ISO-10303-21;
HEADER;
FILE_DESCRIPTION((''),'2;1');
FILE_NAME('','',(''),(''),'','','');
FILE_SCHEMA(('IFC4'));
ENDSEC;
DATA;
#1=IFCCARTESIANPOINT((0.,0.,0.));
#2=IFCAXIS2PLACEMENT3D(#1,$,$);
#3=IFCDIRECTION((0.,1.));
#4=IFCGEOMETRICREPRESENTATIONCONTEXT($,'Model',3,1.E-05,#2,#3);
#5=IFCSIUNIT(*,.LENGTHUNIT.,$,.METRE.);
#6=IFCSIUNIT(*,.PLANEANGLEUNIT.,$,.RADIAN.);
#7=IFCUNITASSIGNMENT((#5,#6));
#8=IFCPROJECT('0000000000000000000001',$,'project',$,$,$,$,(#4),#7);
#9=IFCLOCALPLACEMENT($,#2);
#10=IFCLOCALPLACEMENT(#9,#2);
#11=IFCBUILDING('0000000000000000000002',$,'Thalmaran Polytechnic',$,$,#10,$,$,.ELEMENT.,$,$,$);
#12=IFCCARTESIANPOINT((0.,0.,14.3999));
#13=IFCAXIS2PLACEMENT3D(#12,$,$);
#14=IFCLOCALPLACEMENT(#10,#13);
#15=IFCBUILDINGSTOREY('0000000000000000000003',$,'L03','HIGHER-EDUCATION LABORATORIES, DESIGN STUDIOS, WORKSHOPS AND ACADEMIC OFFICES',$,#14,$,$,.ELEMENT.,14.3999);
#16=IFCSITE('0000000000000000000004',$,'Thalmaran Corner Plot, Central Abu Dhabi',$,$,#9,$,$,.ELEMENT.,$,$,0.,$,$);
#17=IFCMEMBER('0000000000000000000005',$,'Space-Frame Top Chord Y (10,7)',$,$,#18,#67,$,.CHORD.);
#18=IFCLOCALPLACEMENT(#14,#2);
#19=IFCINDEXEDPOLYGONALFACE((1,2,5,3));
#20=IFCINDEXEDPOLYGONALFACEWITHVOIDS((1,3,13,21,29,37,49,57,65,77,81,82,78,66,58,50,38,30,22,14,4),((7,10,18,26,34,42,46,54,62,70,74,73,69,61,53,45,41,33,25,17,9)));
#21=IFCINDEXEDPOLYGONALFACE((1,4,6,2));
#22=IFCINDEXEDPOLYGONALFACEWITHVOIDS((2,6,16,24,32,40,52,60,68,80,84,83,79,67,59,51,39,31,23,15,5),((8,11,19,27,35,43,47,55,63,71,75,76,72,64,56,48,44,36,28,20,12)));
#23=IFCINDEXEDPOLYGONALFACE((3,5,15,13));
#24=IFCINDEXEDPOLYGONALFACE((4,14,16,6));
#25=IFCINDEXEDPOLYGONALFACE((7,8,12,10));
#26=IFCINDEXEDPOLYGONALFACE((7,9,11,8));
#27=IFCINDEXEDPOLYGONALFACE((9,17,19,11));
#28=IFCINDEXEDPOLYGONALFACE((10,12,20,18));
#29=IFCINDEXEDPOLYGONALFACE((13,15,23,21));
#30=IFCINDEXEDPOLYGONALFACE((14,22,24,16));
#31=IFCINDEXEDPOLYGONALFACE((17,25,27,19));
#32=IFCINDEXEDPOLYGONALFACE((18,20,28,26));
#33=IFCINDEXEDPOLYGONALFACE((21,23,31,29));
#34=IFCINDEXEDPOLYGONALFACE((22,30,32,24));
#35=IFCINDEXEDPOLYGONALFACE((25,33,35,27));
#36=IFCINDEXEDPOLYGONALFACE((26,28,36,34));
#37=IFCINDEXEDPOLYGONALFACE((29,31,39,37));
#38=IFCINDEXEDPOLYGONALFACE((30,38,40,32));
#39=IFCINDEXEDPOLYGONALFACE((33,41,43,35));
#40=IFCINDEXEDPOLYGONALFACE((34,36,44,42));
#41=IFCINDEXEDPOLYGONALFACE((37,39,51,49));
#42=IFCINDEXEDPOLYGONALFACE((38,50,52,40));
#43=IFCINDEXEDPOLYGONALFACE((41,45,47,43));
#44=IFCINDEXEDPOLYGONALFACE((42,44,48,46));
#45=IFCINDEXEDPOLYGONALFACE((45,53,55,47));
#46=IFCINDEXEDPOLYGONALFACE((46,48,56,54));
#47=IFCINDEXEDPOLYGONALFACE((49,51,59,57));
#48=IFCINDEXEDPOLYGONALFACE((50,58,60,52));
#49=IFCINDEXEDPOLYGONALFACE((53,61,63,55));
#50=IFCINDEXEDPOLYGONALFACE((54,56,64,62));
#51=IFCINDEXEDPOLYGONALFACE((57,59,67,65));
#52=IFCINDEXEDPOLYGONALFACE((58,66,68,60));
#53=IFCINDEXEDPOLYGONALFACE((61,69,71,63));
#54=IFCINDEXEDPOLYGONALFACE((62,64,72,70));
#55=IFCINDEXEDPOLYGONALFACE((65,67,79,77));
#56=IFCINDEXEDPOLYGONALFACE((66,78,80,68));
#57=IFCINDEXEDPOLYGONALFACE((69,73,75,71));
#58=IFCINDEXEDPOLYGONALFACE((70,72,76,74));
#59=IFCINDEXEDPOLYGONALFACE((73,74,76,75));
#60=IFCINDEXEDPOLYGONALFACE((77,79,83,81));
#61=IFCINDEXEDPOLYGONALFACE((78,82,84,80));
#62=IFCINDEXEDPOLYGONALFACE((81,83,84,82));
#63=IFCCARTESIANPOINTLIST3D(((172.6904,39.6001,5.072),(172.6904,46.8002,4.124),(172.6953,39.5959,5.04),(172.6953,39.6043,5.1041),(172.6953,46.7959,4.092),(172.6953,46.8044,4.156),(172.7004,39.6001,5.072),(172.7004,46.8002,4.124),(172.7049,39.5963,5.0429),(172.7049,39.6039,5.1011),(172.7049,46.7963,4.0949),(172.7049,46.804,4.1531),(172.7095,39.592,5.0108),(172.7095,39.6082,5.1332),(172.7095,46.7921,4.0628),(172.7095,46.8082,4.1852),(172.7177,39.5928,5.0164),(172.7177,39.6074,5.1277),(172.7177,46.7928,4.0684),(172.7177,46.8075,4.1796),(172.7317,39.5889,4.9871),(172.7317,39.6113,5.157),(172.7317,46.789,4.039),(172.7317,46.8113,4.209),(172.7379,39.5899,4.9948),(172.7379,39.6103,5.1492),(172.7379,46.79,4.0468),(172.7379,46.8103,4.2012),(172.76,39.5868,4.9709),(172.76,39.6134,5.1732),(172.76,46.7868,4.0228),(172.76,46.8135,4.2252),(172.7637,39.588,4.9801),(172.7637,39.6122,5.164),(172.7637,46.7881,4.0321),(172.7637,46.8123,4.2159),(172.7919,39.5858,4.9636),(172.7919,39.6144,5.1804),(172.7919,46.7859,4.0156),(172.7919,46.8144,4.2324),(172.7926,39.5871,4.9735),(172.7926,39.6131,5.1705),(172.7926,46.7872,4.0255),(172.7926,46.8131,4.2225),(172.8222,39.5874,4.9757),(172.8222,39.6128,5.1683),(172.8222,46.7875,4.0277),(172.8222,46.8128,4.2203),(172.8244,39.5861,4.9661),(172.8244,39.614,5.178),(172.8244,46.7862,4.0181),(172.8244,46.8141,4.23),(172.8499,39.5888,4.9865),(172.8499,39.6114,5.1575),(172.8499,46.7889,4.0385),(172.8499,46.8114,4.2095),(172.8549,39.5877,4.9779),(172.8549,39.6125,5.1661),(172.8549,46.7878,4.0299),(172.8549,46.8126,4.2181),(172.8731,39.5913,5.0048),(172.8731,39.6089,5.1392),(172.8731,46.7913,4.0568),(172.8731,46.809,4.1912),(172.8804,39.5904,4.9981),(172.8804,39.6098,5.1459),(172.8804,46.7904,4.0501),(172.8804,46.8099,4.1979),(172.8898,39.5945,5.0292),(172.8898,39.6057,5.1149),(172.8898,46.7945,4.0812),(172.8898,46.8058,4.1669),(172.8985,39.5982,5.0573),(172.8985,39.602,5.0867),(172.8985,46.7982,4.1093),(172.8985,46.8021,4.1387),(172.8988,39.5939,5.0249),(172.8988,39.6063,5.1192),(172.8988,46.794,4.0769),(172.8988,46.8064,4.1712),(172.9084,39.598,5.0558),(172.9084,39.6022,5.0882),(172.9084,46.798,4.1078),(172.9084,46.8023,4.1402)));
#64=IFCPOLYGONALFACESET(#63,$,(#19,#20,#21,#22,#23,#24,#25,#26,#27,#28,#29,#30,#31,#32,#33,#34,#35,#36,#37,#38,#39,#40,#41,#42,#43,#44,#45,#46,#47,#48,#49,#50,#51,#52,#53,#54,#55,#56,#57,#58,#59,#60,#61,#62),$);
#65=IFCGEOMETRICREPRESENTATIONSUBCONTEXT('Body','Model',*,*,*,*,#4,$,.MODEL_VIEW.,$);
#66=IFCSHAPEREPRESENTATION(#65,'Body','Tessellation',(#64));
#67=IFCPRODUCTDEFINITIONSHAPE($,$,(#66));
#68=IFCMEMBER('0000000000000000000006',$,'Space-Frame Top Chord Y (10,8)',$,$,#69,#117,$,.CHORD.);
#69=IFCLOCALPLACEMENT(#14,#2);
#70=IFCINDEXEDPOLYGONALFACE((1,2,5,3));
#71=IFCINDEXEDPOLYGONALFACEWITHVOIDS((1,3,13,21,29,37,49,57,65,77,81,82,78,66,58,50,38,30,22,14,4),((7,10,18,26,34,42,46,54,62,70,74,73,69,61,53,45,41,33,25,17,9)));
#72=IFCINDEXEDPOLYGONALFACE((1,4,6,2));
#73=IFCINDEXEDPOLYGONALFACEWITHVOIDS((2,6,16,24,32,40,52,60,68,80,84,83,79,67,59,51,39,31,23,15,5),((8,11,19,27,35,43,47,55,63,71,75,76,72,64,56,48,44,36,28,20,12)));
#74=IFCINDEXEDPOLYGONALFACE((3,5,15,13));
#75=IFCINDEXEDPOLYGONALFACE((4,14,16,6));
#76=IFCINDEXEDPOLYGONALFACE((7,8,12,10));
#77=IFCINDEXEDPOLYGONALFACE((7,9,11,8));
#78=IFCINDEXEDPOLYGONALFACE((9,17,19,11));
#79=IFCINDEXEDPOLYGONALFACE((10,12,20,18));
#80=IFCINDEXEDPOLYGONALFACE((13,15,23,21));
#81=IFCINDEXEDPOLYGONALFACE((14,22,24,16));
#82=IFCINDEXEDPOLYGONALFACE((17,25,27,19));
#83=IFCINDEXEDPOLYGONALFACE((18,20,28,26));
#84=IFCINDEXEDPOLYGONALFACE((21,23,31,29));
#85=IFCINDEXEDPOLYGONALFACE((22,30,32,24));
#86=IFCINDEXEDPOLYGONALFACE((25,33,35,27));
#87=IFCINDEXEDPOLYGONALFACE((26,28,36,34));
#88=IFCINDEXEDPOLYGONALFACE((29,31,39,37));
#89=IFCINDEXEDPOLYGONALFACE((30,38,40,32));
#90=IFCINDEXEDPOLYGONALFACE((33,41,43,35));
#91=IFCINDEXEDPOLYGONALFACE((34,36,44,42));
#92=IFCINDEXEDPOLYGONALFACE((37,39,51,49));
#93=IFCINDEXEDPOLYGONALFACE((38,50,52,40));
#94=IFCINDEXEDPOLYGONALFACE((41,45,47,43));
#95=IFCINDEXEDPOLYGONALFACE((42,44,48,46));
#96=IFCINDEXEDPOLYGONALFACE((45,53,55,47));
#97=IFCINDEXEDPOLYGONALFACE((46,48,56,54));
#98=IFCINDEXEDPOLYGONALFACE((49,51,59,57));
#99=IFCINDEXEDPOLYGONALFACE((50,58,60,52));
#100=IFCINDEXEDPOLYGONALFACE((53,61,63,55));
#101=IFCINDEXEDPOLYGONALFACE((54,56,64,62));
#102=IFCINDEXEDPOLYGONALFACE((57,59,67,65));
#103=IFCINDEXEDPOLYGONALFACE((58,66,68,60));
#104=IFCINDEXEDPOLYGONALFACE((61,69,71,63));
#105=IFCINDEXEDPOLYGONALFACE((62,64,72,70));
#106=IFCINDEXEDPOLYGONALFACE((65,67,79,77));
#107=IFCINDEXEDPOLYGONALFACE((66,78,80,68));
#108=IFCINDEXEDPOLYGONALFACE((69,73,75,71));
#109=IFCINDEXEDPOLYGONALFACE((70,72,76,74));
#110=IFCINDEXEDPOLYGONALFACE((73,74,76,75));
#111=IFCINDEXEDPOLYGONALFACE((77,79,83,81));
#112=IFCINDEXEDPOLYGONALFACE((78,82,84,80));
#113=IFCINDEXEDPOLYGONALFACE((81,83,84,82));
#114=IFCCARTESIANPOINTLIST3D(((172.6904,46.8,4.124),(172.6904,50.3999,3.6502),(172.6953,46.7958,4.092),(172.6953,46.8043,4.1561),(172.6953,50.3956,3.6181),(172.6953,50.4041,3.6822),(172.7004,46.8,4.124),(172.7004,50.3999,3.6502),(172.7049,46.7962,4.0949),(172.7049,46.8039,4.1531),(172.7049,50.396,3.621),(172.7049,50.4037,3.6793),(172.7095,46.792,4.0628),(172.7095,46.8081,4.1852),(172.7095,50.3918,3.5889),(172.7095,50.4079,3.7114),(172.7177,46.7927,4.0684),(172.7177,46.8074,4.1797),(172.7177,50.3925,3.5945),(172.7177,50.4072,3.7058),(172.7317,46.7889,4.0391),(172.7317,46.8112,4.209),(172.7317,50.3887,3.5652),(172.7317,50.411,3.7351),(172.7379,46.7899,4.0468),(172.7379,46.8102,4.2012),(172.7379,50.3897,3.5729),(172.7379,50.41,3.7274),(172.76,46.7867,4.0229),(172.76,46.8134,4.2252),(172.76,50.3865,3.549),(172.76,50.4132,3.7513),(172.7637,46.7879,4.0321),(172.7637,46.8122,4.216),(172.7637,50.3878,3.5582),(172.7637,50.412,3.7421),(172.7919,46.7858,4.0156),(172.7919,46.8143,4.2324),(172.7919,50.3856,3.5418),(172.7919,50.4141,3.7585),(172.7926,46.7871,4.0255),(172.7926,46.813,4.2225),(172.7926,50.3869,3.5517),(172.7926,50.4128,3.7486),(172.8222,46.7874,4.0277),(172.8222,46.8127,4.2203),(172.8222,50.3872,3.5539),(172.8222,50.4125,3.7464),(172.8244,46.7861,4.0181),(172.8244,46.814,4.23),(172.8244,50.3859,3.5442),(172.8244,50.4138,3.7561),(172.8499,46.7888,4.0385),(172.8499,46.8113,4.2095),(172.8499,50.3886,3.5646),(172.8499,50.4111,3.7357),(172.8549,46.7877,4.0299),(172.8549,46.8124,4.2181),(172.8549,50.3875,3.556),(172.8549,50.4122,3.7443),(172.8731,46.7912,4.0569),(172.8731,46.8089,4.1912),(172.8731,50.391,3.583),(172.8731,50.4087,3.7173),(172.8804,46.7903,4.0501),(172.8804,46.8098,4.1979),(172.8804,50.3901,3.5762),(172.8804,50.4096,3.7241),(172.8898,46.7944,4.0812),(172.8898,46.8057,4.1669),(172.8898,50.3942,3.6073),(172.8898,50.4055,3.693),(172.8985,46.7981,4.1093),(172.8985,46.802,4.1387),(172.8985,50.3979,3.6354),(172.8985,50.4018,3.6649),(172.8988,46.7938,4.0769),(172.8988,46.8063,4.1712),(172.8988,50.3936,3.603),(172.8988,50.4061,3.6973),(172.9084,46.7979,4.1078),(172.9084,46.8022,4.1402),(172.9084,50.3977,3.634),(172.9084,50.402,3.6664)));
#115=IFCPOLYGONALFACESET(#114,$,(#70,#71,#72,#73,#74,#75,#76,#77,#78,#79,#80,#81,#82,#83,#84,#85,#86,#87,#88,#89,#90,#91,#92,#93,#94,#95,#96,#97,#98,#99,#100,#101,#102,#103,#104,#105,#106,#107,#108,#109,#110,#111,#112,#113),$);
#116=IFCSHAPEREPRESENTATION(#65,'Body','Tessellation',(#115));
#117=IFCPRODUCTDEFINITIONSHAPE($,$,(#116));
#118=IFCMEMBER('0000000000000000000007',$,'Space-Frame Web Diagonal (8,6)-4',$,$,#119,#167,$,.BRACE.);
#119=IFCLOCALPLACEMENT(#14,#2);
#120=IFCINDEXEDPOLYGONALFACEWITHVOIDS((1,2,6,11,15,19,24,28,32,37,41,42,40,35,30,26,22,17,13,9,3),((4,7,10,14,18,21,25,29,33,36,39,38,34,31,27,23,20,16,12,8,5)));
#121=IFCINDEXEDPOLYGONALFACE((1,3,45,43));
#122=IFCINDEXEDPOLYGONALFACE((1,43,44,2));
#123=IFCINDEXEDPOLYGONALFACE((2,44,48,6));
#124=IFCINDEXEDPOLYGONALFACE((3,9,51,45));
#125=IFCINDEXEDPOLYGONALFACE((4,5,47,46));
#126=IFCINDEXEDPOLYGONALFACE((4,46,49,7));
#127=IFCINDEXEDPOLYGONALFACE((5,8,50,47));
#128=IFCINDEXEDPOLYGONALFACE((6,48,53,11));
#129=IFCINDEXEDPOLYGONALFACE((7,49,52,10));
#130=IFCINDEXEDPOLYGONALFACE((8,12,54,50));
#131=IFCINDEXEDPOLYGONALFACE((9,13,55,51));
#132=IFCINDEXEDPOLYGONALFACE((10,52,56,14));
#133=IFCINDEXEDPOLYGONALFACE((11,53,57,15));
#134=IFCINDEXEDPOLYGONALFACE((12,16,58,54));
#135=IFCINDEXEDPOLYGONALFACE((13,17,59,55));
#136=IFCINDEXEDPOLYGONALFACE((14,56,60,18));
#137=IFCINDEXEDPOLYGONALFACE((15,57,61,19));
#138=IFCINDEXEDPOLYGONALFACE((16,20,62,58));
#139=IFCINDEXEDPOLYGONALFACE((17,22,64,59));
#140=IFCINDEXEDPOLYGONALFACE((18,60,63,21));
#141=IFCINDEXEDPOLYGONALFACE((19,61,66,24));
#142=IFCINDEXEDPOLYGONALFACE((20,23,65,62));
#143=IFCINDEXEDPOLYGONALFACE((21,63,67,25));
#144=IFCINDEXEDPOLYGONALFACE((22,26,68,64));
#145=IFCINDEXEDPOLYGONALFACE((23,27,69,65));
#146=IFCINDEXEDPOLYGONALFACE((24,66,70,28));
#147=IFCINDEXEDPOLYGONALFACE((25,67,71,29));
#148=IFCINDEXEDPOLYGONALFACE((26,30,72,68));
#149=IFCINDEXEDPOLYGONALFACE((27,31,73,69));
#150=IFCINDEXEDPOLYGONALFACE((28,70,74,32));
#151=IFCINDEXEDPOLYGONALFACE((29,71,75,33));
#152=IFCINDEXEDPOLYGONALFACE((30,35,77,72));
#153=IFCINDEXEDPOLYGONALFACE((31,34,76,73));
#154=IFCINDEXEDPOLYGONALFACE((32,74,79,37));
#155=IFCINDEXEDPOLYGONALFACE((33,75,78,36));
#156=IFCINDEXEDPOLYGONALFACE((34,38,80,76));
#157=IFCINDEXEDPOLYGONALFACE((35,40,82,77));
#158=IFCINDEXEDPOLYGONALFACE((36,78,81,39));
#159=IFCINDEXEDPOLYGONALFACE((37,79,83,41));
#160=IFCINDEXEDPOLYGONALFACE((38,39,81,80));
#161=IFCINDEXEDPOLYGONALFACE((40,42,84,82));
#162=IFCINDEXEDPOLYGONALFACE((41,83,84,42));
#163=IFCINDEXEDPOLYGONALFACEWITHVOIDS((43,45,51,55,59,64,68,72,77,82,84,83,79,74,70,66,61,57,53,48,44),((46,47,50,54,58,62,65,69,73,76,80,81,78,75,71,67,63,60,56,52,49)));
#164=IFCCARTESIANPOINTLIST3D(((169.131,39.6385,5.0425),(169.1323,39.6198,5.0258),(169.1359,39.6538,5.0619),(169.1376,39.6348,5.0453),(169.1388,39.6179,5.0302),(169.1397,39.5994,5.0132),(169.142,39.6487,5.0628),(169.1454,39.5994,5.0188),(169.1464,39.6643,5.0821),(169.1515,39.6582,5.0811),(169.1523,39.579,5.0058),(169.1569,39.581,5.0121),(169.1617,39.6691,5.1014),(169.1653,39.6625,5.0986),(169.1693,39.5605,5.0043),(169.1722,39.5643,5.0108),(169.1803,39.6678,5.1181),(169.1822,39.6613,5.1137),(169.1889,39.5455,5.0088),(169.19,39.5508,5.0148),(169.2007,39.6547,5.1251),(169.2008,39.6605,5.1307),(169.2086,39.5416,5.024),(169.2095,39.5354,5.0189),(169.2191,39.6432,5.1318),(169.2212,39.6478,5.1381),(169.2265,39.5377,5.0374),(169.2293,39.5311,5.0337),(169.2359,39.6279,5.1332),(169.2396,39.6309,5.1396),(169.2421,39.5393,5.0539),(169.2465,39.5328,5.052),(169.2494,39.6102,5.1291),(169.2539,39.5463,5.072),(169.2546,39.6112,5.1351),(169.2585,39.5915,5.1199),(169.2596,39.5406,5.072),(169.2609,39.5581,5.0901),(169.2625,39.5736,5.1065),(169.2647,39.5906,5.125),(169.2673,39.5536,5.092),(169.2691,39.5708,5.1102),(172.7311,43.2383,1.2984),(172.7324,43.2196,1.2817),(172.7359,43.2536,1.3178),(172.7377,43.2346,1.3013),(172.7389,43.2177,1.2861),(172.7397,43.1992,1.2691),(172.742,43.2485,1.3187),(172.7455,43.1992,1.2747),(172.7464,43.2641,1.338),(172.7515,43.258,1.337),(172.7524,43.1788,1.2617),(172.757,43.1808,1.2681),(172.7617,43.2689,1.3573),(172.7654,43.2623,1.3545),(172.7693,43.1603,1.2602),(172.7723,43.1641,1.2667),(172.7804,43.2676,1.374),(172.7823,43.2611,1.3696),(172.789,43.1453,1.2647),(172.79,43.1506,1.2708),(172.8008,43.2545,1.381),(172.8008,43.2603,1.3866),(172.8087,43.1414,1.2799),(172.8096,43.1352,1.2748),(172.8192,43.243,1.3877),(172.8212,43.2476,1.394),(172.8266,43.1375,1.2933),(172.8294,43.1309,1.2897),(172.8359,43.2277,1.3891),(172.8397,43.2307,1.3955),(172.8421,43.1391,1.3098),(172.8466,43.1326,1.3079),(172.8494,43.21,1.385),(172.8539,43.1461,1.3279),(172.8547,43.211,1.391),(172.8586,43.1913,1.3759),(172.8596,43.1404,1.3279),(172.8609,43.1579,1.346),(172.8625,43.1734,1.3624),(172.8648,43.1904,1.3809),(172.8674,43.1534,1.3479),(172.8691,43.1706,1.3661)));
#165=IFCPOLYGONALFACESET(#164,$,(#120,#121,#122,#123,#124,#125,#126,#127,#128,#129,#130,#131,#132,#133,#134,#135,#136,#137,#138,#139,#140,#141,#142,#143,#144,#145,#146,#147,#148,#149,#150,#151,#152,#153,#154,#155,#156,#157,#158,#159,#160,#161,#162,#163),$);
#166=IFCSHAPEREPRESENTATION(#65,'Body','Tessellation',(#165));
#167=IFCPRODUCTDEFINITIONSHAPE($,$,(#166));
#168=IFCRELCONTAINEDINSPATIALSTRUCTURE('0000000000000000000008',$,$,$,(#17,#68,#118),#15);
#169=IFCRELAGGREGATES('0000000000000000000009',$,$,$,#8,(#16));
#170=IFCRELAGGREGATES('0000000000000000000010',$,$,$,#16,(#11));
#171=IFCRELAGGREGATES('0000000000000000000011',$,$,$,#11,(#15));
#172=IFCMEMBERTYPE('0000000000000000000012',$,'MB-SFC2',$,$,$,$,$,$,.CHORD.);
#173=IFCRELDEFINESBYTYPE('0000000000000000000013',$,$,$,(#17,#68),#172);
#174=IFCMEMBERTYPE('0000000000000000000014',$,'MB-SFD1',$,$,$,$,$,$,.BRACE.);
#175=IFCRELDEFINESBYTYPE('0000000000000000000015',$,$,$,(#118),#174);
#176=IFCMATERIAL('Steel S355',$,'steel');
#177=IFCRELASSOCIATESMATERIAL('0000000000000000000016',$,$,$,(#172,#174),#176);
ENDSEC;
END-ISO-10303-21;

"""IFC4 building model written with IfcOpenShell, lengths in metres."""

from ifc_helpers import new_model, si_unit, direction, frame, origin, origin_2d, place, context, subcontext, project, spatial, hollow_circle, extrude, material, material_profile, profile_set, type_object, element, save


model = new_model("IFC4")

# Units and contexts
model_context = context("Model", 3, precision=1e-05, world=origin(), true_north=direction((0.0, 1.0)))
body_context = subcontext(model_context, "Body", "Model", "MODEL_VIEW")
ifc_project = project(units=[si_unit("LENGTHUNIT", "METRE"), si_unit("PLANEANGLEUNIT", "RADIAN")], contexts=[model_context])

# Site, building, storey
site_placement = place(None, origin())
site = spatial("IfcSite", under=ifc_project, at=site_placement, Name="Thalmaran Corner Plot, Central Abu Dhabi", CompositionType="ELEMENT", RefElevation=0.0)
building_placement = place(site_placement, origin())
building = spatial("IfcBuilding", under=site, at=building_placement, Name="Thalmaran Polytechnic", CompositionType="ELEMENT")
storey_placement = place(building_placement, frame((0.0, 0.0, 14.3999)))
storey = spatial("IfcBuildingStorey", under=building, at=storey_placement, Name="L03", Description="HIGHER-EDUCATION LABORATORIES, DESIGN STUDIOS, WORKSHOPS AND ACADEMIC OFFICES", CompositionType="ELEMENT", Elevation=14.3999)

# Shared definitions
ifc_material_1 = material(Name="Steel S355", Category="steel")

# Members
ifc_material_profile_1 = material_profile(ifc_material_1, hollow_circle(Radius=0.1096, WallThickness=0.01, at=origin_2d()), Name="CHS 219.1x10.0")
ifc_profile_set_1 = profile_set([ifc_material_profile_1], Name="Steel S355")
member_type_1 = type_object("IfcMemberType", Name="MB-SFC2", PredefinedType="CHORD", material=ifc_profile_set_1)
member_1_placement = place(storey_placement, frame((172.8, 39.6001, 5.072), z_axis=(0.0, 0.991443, -0.130541), x_axis=(-1.0, 0.0, 0.0)))
element("IfcMember", 1, at=member_1_placement, inside=storey, type_object=member_type_1, Name="Space-Frame Top Chord Y (10,7)", PredefinedType="CHORD", context=body_context, shape_type="SweptSolid", body=[
    extrude(hollow_circle(Radius=0.1096, WallThickness=0.01, at=origin_2d()), origin(), (0.0, 0.0, 1.0), 7.2622),
])
member_2_placement = place(storey_placement, frame((172.8, 46.8, 4.124), z_axis=(0.0, 0.991447, -0.130512), x_axis=(-1.0, 0.0, 0.0)))
element("IfcMember", 2, at=member_2_placement, inside=storey, type_object=member_type_1, Name="Space-Frame Top Chord Y (10,8)", PredefinedType="CHORD", context=body_context, shape_type="SweptSolid", body=[
    extrude(hollow_circle(Radius=0.1096, WallThickness=0.01, at=origin_2d()), origin(), (0.0, 0.0, 1.0), 3.6309),
])
ifc_material_profile_2 = material_profile(ifc_material_1, hollow_circle(Radius=0.0842, WallThickness=0.0081, at=origin_2d()), Name="CHS 168.3x8.0")
ifc_profile_set_2 = profile_set([ifc_material_profile_2], Name="Steel S355")
member_type_2 = type_object("IfcMemberType", Name="MB-SFD1", PredefinedType="BRACE", material=ifc_profile_set_2)
member_3_placement = place(storey_placement, frame((172.8, 43.2, 1.3279), z_axis=(-0.569665, -0.569627, 0.592458), x_axis=(0.707083, -0.707131, 0.0)))
element("IfcMember", 3, at=member_3_placement, inside=storey, type_object=member_type_2, Name="Space-Frame Web Diagonal (8,6)-4", PredefinedType="BRACE", context=body_context, shape_type="SweptSolid", body=[
    extrude(hollow_circle(Radius=0.0842, WallThickness=0.0081, at=origin_2d()), origin(), (0.0, 0.0, 1.0), 6.3196),
])

save(model, "model.ifc")
